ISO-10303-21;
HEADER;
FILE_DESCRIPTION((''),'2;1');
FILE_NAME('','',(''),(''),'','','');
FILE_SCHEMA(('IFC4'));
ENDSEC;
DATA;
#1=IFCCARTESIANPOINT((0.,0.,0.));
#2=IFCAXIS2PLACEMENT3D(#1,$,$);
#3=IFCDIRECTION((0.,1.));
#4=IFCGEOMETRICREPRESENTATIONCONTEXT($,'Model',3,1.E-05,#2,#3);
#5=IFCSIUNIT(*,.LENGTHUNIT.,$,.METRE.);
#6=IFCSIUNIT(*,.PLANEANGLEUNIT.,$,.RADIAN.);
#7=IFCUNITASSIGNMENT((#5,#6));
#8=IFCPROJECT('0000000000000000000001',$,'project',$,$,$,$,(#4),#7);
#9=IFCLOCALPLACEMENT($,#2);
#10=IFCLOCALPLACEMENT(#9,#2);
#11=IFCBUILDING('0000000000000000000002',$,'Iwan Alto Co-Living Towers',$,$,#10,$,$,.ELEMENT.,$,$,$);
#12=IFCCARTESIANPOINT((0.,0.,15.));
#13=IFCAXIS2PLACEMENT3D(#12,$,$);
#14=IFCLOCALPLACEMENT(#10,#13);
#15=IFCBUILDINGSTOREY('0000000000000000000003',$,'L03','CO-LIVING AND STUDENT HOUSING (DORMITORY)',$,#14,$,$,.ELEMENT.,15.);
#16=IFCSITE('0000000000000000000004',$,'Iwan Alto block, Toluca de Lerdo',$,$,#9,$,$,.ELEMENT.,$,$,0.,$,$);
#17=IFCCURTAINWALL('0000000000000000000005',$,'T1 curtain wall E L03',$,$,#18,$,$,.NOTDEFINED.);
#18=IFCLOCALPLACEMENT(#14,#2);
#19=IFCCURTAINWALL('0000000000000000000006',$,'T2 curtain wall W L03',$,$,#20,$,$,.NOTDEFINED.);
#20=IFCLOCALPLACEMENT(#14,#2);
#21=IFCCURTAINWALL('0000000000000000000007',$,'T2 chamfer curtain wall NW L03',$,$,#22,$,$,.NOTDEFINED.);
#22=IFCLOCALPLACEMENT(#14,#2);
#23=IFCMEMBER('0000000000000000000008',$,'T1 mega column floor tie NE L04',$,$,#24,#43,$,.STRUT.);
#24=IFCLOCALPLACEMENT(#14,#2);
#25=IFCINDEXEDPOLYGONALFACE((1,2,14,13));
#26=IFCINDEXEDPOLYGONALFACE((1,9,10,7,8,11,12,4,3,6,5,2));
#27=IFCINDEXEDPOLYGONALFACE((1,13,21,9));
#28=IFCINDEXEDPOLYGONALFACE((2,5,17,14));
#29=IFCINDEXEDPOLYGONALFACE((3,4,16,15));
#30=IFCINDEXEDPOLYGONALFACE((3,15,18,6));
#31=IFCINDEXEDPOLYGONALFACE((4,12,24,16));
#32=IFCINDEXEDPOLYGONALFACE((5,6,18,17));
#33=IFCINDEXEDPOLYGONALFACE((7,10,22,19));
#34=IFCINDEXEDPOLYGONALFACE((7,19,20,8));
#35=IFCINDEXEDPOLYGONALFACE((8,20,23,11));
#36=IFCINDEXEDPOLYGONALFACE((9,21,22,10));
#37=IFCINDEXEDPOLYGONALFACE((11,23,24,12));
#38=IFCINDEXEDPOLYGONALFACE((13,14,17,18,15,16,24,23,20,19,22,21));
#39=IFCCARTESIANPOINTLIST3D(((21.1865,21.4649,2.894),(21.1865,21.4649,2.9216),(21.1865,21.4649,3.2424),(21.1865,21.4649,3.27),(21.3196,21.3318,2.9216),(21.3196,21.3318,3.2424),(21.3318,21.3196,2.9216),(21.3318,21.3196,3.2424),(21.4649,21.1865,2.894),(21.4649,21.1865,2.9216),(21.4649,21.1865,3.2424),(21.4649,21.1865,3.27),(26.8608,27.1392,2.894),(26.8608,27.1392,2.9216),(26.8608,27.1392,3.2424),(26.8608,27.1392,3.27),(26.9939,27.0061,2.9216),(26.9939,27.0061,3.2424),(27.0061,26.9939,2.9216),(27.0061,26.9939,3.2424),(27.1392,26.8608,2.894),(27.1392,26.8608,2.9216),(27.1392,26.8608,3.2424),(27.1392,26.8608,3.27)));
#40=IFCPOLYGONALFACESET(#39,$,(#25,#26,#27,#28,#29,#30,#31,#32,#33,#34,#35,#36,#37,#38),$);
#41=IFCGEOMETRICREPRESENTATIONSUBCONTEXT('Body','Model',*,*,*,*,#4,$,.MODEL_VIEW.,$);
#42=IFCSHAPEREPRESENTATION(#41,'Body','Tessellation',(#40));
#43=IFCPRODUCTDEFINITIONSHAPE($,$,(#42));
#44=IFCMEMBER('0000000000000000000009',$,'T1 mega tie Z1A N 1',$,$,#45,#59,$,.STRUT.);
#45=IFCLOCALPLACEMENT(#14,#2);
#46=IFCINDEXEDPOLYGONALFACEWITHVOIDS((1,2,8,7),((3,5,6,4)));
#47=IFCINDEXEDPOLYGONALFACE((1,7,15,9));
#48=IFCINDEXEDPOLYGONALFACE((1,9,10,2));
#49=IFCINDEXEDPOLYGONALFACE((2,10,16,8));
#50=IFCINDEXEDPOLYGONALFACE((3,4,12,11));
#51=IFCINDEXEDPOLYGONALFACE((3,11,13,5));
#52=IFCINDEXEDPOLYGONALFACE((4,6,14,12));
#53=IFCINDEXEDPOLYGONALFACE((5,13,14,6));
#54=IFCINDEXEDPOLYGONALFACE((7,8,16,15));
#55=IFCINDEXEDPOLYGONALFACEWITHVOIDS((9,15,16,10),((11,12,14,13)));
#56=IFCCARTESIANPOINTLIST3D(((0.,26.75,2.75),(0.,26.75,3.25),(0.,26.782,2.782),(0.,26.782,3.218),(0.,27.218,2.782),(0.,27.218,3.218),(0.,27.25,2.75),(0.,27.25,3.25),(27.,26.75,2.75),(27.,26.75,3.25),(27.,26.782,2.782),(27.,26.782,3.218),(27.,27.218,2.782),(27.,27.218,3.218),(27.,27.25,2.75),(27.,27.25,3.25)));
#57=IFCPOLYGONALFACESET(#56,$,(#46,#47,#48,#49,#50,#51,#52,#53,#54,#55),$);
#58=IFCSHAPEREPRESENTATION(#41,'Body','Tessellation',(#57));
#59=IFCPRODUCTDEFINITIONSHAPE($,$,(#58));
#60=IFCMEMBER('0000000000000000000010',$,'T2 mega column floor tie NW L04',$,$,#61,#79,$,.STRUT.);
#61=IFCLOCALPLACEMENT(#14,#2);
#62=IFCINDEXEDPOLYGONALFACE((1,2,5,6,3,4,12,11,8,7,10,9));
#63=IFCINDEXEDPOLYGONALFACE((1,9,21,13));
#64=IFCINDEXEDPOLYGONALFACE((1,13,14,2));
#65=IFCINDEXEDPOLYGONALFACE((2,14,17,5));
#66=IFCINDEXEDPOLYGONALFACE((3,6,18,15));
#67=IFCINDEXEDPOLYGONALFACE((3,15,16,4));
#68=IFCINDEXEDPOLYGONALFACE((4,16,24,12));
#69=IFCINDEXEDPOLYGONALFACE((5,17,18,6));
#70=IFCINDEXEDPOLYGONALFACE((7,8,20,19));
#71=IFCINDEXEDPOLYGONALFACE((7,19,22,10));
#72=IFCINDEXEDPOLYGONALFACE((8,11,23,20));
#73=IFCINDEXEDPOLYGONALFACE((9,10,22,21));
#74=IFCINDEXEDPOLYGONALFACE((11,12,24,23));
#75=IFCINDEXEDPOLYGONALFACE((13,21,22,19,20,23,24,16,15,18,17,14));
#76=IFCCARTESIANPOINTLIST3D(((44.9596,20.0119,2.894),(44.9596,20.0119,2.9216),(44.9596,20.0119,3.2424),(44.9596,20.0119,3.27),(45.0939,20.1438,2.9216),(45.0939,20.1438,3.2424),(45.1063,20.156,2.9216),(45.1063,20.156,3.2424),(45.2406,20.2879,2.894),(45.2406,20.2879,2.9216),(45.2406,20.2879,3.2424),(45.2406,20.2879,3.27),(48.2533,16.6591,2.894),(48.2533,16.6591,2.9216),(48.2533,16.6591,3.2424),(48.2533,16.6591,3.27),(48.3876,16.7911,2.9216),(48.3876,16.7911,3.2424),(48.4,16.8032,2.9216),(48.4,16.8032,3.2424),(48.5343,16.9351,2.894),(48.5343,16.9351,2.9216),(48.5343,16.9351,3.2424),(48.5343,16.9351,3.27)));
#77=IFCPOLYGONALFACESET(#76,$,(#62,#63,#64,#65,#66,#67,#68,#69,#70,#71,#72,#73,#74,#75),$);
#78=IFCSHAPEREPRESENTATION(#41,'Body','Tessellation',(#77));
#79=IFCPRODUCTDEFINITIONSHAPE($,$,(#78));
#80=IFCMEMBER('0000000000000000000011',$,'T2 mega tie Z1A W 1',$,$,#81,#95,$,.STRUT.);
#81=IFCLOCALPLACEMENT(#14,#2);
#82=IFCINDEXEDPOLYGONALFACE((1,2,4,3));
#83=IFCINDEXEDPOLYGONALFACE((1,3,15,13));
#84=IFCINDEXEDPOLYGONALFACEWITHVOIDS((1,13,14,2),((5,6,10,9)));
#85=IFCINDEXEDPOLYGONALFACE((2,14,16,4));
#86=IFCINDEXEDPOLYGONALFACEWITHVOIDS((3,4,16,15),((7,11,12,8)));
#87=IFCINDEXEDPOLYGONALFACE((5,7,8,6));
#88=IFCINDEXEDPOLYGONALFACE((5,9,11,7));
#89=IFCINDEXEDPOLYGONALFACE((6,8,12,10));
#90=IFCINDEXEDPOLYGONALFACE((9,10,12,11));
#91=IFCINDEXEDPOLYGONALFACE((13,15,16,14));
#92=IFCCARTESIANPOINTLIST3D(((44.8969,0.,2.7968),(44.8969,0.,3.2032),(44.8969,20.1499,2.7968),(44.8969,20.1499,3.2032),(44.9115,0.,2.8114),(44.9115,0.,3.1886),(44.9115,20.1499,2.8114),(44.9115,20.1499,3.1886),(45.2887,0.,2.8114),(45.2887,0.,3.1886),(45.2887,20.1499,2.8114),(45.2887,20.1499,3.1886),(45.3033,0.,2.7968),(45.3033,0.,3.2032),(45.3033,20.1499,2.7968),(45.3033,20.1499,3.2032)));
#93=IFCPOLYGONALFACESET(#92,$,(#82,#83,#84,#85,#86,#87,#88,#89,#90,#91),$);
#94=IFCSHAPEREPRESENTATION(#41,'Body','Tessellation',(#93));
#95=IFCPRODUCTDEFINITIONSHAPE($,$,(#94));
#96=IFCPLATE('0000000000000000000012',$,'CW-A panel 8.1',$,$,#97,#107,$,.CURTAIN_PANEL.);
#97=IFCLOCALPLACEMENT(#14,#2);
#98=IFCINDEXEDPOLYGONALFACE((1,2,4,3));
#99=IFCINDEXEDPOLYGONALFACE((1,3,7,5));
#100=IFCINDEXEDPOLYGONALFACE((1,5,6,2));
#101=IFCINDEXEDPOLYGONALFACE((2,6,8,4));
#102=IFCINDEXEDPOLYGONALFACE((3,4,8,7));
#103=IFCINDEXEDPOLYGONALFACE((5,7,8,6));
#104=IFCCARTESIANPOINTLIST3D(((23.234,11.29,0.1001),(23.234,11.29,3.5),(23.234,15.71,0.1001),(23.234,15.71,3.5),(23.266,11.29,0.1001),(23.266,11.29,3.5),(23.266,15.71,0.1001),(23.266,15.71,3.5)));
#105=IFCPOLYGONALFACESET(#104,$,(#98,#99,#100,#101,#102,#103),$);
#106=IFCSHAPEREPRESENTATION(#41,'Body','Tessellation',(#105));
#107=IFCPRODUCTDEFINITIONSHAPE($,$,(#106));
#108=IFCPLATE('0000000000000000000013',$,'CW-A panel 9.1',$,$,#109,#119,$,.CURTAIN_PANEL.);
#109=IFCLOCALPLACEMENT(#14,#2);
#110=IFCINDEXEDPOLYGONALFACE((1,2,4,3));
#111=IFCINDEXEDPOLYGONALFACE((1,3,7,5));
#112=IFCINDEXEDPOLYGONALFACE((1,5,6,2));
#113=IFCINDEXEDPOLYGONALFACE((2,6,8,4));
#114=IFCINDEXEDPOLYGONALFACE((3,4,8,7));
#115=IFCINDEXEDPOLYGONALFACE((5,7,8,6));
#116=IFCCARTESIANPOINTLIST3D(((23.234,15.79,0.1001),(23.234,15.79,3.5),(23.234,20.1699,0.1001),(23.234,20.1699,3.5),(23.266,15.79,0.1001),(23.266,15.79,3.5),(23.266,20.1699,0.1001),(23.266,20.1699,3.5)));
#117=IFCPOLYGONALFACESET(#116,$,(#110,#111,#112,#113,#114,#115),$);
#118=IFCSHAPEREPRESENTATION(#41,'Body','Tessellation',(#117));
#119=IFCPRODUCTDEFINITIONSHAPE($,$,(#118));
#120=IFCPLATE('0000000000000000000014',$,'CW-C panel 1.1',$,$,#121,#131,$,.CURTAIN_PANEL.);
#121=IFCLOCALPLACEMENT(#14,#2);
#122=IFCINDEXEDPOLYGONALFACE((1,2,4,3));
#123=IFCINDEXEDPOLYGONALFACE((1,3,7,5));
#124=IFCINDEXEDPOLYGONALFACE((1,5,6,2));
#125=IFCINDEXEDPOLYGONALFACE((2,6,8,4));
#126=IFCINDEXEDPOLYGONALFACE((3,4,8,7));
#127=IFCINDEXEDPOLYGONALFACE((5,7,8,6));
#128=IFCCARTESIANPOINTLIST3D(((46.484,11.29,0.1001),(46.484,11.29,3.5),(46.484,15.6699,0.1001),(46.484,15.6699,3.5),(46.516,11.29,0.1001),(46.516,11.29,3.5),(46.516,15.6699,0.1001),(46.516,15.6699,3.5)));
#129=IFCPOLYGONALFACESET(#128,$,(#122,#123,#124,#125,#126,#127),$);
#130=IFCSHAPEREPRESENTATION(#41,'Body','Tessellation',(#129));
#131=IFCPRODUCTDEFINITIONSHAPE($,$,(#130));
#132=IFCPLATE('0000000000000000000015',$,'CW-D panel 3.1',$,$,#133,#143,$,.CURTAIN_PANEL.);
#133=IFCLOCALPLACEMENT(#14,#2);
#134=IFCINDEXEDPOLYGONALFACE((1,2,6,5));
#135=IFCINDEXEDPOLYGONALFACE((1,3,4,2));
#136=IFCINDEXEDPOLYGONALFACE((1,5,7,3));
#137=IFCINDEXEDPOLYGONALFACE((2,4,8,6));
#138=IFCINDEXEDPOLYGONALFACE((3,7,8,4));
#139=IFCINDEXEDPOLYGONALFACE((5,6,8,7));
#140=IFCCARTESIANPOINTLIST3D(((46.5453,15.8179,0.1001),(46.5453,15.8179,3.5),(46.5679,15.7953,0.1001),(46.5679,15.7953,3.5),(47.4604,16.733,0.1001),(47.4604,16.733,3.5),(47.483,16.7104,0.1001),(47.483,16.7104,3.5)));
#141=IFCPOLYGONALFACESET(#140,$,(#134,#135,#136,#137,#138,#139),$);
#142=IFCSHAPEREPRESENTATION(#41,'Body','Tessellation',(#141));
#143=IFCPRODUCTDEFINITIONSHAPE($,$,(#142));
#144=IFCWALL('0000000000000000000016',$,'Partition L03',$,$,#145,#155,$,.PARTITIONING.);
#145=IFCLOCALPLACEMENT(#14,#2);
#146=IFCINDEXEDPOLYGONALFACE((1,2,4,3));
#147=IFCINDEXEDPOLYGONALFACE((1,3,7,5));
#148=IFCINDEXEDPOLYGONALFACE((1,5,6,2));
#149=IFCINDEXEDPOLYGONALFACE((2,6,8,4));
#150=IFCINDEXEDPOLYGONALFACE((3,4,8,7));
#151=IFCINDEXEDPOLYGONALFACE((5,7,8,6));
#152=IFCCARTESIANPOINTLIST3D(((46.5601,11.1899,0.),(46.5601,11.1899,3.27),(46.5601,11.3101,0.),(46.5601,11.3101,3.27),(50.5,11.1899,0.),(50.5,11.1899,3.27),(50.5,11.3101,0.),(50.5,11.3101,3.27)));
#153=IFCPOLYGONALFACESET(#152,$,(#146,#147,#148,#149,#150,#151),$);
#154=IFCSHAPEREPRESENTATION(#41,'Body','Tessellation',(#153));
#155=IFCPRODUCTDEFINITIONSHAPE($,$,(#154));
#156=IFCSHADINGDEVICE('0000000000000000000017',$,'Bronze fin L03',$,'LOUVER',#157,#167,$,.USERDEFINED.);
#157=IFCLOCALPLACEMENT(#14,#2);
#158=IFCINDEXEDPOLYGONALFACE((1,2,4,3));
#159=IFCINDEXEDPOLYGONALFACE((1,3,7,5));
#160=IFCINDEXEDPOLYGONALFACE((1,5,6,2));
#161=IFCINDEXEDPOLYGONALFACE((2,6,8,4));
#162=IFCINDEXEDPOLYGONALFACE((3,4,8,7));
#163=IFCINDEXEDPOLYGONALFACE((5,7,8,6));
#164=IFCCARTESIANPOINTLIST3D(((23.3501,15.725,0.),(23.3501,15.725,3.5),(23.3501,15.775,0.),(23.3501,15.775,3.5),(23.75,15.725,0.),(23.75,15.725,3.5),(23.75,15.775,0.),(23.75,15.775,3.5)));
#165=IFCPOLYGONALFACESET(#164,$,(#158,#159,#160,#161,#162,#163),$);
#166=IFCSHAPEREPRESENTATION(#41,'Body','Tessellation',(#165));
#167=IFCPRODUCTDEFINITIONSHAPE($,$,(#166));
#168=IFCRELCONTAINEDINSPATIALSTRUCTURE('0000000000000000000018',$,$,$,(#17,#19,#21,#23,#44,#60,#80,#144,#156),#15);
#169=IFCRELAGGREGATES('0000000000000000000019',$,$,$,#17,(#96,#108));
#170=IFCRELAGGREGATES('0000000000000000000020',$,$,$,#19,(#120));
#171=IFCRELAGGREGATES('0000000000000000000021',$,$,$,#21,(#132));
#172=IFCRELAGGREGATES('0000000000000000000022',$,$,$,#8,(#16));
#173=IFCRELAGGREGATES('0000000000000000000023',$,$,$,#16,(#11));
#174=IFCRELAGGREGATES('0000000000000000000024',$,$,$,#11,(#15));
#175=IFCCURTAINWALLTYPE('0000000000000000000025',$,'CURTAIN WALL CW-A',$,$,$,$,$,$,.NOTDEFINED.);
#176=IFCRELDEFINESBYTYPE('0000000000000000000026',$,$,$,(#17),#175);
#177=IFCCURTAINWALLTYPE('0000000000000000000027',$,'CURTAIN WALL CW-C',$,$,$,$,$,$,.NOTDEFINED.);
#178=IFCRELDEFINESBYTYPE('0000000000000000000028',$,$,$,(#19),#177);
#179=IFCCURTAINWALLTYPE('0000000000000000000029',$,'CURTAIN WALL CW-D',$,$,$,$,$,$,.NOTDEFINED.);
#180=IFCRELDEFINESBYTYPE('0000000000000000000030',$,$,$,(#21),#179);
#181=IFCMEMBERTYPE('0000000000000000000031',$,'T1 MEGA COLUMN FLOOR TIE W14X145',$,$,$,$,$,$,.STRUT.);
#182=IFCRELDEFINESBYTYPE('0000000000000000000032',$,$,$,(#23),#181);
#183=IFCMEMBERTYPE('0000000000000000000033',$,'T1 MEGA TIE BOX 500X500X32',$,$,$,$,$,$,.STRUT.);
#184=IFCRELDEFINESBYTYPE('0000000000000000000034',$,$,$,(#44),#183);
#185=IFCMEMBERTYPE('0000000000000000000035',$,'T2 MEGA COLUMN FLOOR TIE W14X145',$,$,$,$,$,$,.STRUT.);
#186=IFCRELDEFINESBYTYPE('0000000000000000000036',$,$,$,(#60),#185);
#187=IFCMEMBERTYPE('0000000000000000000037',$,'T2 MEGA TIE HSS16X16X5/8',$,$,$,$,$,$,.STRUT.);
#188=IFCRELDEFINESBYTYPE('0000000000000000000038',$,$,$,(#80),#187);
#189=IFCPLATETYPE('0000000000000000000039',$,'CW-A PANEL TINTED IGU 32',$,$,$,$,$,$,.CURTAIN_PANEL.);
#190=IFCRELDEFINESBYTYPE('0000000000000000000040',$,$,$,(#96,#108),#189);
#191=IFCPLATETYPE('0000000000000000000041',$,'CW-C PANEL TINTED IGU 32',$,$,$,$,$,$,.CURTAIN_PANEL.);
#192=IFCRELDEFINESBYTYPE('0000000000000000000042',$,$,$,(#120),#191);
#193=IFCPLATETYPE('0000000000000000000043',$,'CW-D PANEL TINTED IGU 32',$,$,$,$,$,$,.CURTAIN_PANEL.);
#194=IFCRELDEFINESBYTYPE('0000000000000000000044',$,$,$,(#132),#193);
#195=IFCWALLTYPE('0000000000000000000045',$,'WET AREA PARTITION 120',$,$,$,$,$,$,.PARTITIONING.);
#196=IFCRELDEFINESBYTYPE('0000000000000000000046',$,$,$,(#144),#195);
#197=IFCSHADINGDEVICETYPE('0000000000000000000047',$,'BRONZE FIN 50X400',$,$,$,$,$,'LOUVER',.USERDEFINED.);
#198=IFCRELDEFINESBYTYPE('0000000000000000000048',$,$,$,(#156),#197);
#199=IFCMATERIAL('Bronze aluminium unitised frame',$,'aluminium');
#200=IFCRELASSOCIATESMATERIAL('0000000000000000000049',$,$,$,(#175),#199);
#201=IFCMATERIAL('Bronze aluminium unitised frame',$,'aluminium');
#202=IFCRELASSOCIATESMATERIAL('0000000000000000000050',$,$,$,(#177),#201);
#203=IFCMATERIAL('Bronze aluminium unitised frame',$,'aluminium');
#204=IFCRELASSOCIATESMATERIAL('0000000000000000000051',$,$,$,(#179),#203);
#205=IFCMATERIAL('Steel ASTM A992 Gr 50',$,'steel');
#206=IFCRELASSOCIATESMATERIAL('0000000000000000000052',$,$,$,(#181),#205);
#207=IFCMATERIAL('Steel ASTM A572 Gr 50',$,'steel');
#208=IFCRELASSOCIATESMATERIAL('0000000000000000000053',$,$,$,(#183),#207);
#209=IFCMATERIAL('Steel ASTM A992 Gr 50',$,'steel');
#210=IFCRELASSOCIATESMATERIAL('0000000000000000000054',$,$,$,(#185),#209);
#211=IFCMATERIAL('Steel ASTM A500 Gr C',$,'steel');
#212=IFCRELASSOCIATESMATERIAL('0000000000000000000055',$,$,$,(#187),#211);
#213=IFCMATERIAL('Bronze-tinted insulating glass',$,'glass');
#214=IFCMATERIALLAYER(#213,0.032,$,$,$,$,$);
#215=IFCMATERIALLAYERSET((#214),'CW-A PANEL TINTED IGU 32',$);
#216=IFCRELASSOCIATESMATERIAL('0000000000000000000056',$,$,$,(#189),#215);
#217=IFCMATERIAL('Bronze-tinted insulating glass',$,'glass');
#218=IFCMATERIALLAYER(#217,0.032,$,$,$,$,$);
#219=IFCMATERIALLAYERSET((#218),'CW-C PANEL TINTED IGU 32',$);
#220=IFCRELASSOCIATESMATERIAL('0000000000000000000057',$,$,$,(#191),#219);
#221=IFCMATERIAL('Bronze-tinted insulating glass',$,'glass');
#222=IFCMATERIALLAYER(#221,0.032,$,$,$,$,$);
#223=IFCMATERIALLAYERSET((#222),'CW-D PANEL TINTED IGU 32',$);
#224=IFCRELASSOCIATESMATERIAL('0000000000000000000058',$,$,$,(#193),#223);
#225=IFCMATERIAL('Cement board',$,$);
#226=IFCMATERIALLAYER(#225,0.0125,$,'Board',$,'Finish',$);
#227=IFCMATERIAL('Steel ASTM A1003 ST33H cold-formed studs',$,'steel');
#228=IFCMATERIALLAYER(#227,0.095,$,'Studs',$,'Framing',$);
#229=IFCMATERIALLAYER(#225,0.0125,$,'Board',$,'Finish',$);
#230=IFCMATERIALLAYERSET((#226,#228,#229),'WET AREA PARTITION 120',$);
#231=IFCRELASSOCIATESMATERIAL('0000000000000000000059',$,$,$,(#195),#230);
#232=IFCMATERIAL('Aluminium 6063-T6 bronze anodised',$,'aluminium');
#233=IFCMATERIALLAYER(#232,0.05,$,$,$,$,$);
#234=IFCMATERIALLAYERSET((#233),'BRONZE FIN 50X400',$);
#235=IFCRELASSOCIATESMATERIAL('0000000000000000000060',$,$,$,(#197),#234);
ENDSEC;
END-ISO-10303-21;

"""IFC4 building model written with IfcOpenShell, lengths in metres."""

from ifc_helpers import new_model, si_unit, direction, frame, frame_2d, origin, origin_2d, place, context, subcontext, project, spatial, rectangle, hollow_rectangle, i_section, extrude, material, layer, layer_set, material_profile, profile_set, type_object, element, aggregate, save


model = new_model("IFC4")

# Units and contexts
model_context = context("Model", 3, precision=1e-05, world=origin(), true_north=direction((0.0, 1.0)))
body_context = subcontext(model_context, "Body", "Model", "MODEL_VIEW")
ifc_project = project(units=[si_unit("LENGTHUNIT", "METRE"), si_unit("PLANEANGLEUNIT", "RADIAN")], contexts=[model_context])

# Site, building, storey
site_placement = place(None, origin())
site = spatial("IfcSite", under=ifc_project, at=site_placement, Name="Iwan Alto block, Toluca de Lerdo", CompositionType="ELEMENT", RefElevation=0.0)
building_placement = place(site_placement, origin())
building = spatial("IfcBuilding", under=site, at=building_placement, Name="Iwan Alto Co-Living Towers", CompositionType="ELEMENT")
storey_placement = place(building_placement, frame((0.0, 0.0, 15.0)))
storey = spatial("IfcBuildingStorey", under=building, at=storey_placement, Name="L03", Description="CO-LIVING AND STUDENT HOUSING (DORMITORY)", CompositionType="ELEMENT", Elevation=15.0)

# Curtain walls
ifc_material_1 = material(Name="Bronze aluminium unitised frame", Category="aluminium")
curtain_wall_type_1 = type_object("IfcCurtainWallType", Name="CURTAIN WALL CW-A", PredefinedType="NOTDEFINED", material=ifc_material_1)
curtain_wall_1_placement = place(storey_placement, origin())
curtain_wall_1 = element("IfcCurtainWall", 1, at=curtain_wall_1_placement, inside=storey, type_object=curtain_wall_type_1, Name="T1 curtain wall E L03", PredefinedType="NOTDEFINED")
ifc_material_2 = material(Name="Bronze aluminium unitised frame", Category="aluminium")
curtain_wall_type_2 = type_object("IfcCurtainWallType", Name="CURTAIN WALL CW-C", PredefinedType="NOTDEFINED", material=ifc_material_2)
curtain_wall_2_placement = place(storey_placement, origin())
curtain_wall_2 = element("IfcCurtainWall", 2, at=curtain_wall_2_placement, inside=storey, type_object=curtain_wall_type_2, Name="T2 curtain wall W L03", PredefinedType="NOTDEFINED")

# Curtain wall
ifc_material_3 = material(Name="Bronze aluminium unitised frame", Category="aluminium")
curtain_wall_type_3 = type_object("IfcCurtainWallType", Name="CURTAIN WALL CW-D", PredefinedType="NOTDEFINED", material=ifc_material_3)
curtain_wall_3_placement = place(storey_placement, origin())
curtain_wall_3 = element("IfcCurtainWall", 3, at=curtain_wall_3_placement, inside=storey, type_object=curtain_wall_type_3, Name="T2 chamfer curtain wall NW L03", PredefinedType="NOTDEFINED")

# Members
ifc_material_4 = material(Name="Steel ASTM A992 Gr 50", Category="steel")
ifc_material_profile_1 = material_profile(ifc_material_4, i_section(OverallWidth=0.3938, OverallDepth=0.376, WebThickness=0.0173, FlangeThickness=0.0276, at=origin_2d()), Name="W14X145")
ifc_profile_set_1 = profile_set([ifc_material_profile_1], Name="Steel ASTM A992 Gr 50")
member_type_1 = type_object("IfcMemberType", Name="T1 MEGA COLUMN FLOOR TIE W14X145", PredefinedType="STRUT", material=ifc_profile_set_1)
member_1_placement = place(storey_placement, frame((27.0, 27.0, 3.082), z_axis=(-0.707107, -0.707107, 0.0), x_axis=(0.707107, -0.707107, 0.0)))
element("IfcMember", 4, at=member_1_placement, inside=storey, type_object=member_type_1, Name="T1 mega column floor tie NE L04", PredefinedType="STRUT", context=body_context, shape_type="SweptSolid", body=[
    extrude(i_section(OverallWidth=0.3938, OverallDepth=0.376, WebThickness=0.0173, FlangeThickness=0.0276, at=origin_2d()), origin(), (0.0, 0.0, 1.0), 8.0247),
])
ifc_material_5 = material(Name="Steel ASTM A572 Gr 50", Category="steel")
ifc_material_profile_2 = material_profile(ifc_material_5, hollow_rectangle(XDim=0.5, YDim=0.5, WallThickness=0.032, at=origin_2d()), Name="BOX 500X500X32")
ifc_profile_set_2 = profile_set([ifc_material_profile_2], Name="Steel ASTM A572 Gr 50")
member_type_2 = type_object("IfcMemberType", Name="T1 MEGA TIE BOX 500X500X32", PredefinedType="STRUT", material=ifc_profile_set_2)
member_2_placement = place(storey_placement, frame((27.0, 27.0, 3.0), z_axis=(-1.0, 0.0, 0.0), x_axis=(0.0, -1.0, 0.0)))
element("IfcMember", 5, at=member_2_placement, inside=storey, type_object=member_type_2, Name="T1 mega tie Z1A N 1", PredefinedType="STRUT", context=body_context, shape_type="SweptSolid", body=[
    extrude(hollow_rectangle(XDim=0.5, YDim=0.5, WallThickness=0.032, at=origin_2d()), origin(), (0.0, 0.0, 1.0), 27.0),
])
ifc_material_6 = material(Name="Steel ASTM A992 Gr 50", Category="steel")
ifc_material_profile_3 = material_profile(ifc_material_6, i_section(OverallWidth=0.3938, OverallDepth=0.376, WebThickness=0.0173, FlangeThickness=0.0276, at=origin_2d()), Name="W14X145")
ifc_profile_set_3 = profile_set([ifc_material_profile_3], Name="Steel ASTM A992 Gr 50")
member_type_3 = type_object("IfcMemberType", Name="T2 MEGA COLUMN FLOOR TIE W14X145", PredefinedType="STRUT", material=ifc_profile_set_3)
member_3_placement = place(storey_placement, frame((45.1001, 20.1499, 3.082), z_axis=(0.700793, -0.713364, 0.0), x_axis=(0.713364, 0.700793, 0.0)))
element("IfcMember", 6, at=member_3_placement, inside=storey, type_object=member_type_3, Name="T2 mega column floor tie NW L04", PredefinedType="STRUT", context=body_context, shape_type="SweptSolid", body=[
    extrude(i_section(OverallWidth=0.3938, OverallDepth=0.376, WebThickness=0.0173, FlangeThickness=0.0276, at=origin_2d()), origin(), (0.0, 0.0, 1.0), 4.7),
])
ifc_material_7 = material(Name="Steel ASTM A500 Gr C", Category="steel")
ifc_material_profile_4 = material_profile(ifc_material_7, hollow_rectangle(XDim=0.4065, YDim=0.4065, WallThickness=0.0146, at=origin_2d()), Name="HSS16X16X5/8")
ifc_profile_set_4 = profile_set([ifc_material_profile_4], Name="Steel ASTM A500 Gr C")
member_type_4 = type_object("IfcMemberType", Name="T2 MEGA TIE HSS16X16X5/8", PredefinedType="STRUT", material=ifc_profile_set_4)
member_4_placement = place(storey_placement, frame((45.1001, 20.1499, 3.0), z_axis=(0.0, -1.0, 0.0), x_axis=(1.0, 0.0, 0.0)))
element("IfcMember", 7, at=member_4_placement, inside=storey, type_object=member_type_4, Name="T2 mega tie Z1A W 1", PredefinedType="STRUT", context=body_context, shape_type="SweptSolid", body=[
    extrude(hollow_rectangle(XDim=0.4065, YDim=0.4065, WallThickness=0.0146, at=origin_2d()), origin(), (0.0, 0.0, 1.0), 20.1499),
])

# Plates
ifc_material_8 = material(Name="Bronze-tinted insulating glass", Category="glass")
ifc_layer_1 = layer(ifc_material_8, 0.032)
ifc_layer_set_1 = layer_set([ifc_layer_1], Name="CW-A PANEL TINTED IGU 32")
plate_type_1 = type_object("IfcPlateType", Name="CW-A PANEL TINTED IGU 32", PredefinedType="CURTAIN_PANEL", material=ifc_layer_set_1)
plate_1_placement = place(storey_placement, frame((23.25, 13.5, 0.1001), z_axis=(0.0, 0.0, 1.0), x_axis=(0.0, 1.0, 0.0)))
plate_1 = element("IfcPlate", 8, at=plate_1_placement, type_object=plate_type_1, Name="CW-A panel 8.1", PredefinedType="CURTAIN_PANEL", context=body_context, shape_type="SweptSolid", body=[
    extrude(rectangle(XDim=4.4199, YDim=0.032, at=origin_2d()), origin(), (0.0, 0.0, 1.0), 3.3999),
])
plate_2_placement = place(storey_placement, frame((23.25, 17.98, 0.1001), z_axis=(0.0, 0.0, 1.0), x_axis=(0.0, 1.0, 0.0)))
plate_2 = element("IfcPlate", 9, at=plate_2_placement, type_object=plate_type_1, Name="CW-A panel 9.1", PredefinedType="CURTAIN_PANEL", context=body_context, shape_type="SweptSolid", body=[
    extrude(rectangle(XDim=4.3799, YDim=0.032, at=origin_2d()), origin(), (0.0, 0.0, 1.0), 3.3999),
])
aggregate(curtain_wall_1, [plate_1, plate_2])
ifc_material_9 = material(Name="Bronze-tinted insulating glass", Category="glass")
ifc_layer_2 = layer(ifc_material_9, 0.032)
ifc_layer_set_2 = layer_set([ifc_layer_2], Name="CW-C PANEL TINTED IGU 32")
plate_type_2 = type_object("IfcPlateType", Name="CW-C PANEL TINTED IGU 32", PredefinedType="CURTAIN_PANEL", material=ifc_layer_set_2)
plate_3_placement = place(storey_placement, frame((46.5, 13.48, 0.1001), z_axis=(0.0, 0.0, 1.0), x_axis=(0.0, -1.0, 0.0)))
plate_3 = element("IfcPlate", 10, at=plate_3_placement, type_object=plate_type_2, Name="CW-C panel 1.1", PredefinedType="CURTAIN_PANEL", context=body_context, shape_type="SweptSolid", body=[
    extrude(rectangle(XDim=4.3799, YDim=0.032, at=origin_2d()), origin(), (0.0, 0.0, 1.0), 3.3999),
])
aggregate(curtain_wall_2, [plate_3])
ifc_material_10 = material(Name="Bronze-tinted insulating glass", Category="glass")
ifc_layer_3 = layer(ifc_material_10, 0.032)
ifc_layer_set_3 = layer_set([ifc_layer_3], Name="CW-D PANEL TINTED IGU 32")
plate_type_3 = type_object("IfcPlateType", Name="CW-D PANEL TINTED IGU 32", PredefinedType="CURTAIN_PANEL", material=ifc_layer_set_3)
plate_4_placement = place(storey_placement, frame((47.0142, 16.2642, 0.1001), z_axis=(0.0, 0.0, 1.0), x_axis=(-0.707107, -0.707107, 0.0)))
plate_4 = element("IfcPlate", 11, at=plate_4_placement, type_object=plate_type_3, Name="CW-D panel 3.1", PredefinedType="CURTAIN_PANEL", context=body_context, shape_type="SweptSolid", body=[
    extrude(rectangle(XDim=1.2942, YDim=0.032, at=origin_2d()), origin(), (0.0, 0.0, 1.0), 3.3999),
])
aggregate(curtain_wall_3, [plate_4])

# Wall
ifc_material_11 = material(Name="Cement board")
ifc_layer_4 = layer(ifc_material_11, 0.0125, Name="Board", Category="Finish")
ifc_material_12 = material(Name="Steel ASTM A1003 ST33H cold-formed studs", Category="steel")
ifc_layer_5 = layer(ifc_material_12, 0.095, Name="Studs", Category="Framing")
ifc_layer_6 = layer(ifc_material_11, 0.0125, Name="Board", Category="Finish")
ifc_layer_set_4 = layer_set([ifc_layer_4, ifc_layer_5, ifc_layer_6], Name="WET AREA PARTITION 120")
wall_type = type_object("IfcWallType", Name="WET AREA PARTITION 120", PredefinedType="PARTITIONING", material=ifc_layer_set_4)
wall_placement = place(storey_placement, frame((46.5601, 11.25, 0.0), z_axis=(0.0, 0.0, 1.0), x_axis=(1.0, 0.0, 0.0)))
element("IfcWall", 12, at=wall_placement, inside=storey, type_object=wall_type, Name="Partition L03", PredefinedType="PARTITIONING", context=body_context, shape_type="SweptSolid", body=[
    extrude(rectangle(XDim=3.9399, YDim=0.1201, at=frame_2d((1.97, 0.0))), origin(), (0.0, 0.0, 1.0), 3.27),
])

# Shading device
ifc_material_13 = material(Name="Aluminium 6063-T6 bronze anodised", Category="aluminium")
ifc_layer_7 = layer(ifc_material_13, 0.05)
ifc_layer_set_5 = layer_set([ifc_layer_7], Name="BRONZE FIN 50X400")
shading_device_type = type_object("IfcShadingDeviceType", Name="BRONZE FIN 50X400", ElementType="LOUVER", PredefinedType="USERDEFINED", material=ifc_layer_set_5)
shading_device_placement = place(storey_placement, frame((23.55, 15.75, 0.0), z_axis=(0.0, 0.0, 1.0), x_axis=(0.0, 1.0, 0.0)))
element("IfcShadingDevice", 13, at=shading_device_placement, inside=storey, type_object=shading_device_type, Name="Bronze fin L03", ObjectType="LOUVER", PredefinedType="USERDEFINED", context=body_context, shape_type="SweptSolid", body=[
    extrude(rectangle(XDim=0.05, YDim=0.3999, at=origin_2d()), origin(), (0.0, 0.0, 1.0), 3.5),
])

save(model, "model.ifc")
